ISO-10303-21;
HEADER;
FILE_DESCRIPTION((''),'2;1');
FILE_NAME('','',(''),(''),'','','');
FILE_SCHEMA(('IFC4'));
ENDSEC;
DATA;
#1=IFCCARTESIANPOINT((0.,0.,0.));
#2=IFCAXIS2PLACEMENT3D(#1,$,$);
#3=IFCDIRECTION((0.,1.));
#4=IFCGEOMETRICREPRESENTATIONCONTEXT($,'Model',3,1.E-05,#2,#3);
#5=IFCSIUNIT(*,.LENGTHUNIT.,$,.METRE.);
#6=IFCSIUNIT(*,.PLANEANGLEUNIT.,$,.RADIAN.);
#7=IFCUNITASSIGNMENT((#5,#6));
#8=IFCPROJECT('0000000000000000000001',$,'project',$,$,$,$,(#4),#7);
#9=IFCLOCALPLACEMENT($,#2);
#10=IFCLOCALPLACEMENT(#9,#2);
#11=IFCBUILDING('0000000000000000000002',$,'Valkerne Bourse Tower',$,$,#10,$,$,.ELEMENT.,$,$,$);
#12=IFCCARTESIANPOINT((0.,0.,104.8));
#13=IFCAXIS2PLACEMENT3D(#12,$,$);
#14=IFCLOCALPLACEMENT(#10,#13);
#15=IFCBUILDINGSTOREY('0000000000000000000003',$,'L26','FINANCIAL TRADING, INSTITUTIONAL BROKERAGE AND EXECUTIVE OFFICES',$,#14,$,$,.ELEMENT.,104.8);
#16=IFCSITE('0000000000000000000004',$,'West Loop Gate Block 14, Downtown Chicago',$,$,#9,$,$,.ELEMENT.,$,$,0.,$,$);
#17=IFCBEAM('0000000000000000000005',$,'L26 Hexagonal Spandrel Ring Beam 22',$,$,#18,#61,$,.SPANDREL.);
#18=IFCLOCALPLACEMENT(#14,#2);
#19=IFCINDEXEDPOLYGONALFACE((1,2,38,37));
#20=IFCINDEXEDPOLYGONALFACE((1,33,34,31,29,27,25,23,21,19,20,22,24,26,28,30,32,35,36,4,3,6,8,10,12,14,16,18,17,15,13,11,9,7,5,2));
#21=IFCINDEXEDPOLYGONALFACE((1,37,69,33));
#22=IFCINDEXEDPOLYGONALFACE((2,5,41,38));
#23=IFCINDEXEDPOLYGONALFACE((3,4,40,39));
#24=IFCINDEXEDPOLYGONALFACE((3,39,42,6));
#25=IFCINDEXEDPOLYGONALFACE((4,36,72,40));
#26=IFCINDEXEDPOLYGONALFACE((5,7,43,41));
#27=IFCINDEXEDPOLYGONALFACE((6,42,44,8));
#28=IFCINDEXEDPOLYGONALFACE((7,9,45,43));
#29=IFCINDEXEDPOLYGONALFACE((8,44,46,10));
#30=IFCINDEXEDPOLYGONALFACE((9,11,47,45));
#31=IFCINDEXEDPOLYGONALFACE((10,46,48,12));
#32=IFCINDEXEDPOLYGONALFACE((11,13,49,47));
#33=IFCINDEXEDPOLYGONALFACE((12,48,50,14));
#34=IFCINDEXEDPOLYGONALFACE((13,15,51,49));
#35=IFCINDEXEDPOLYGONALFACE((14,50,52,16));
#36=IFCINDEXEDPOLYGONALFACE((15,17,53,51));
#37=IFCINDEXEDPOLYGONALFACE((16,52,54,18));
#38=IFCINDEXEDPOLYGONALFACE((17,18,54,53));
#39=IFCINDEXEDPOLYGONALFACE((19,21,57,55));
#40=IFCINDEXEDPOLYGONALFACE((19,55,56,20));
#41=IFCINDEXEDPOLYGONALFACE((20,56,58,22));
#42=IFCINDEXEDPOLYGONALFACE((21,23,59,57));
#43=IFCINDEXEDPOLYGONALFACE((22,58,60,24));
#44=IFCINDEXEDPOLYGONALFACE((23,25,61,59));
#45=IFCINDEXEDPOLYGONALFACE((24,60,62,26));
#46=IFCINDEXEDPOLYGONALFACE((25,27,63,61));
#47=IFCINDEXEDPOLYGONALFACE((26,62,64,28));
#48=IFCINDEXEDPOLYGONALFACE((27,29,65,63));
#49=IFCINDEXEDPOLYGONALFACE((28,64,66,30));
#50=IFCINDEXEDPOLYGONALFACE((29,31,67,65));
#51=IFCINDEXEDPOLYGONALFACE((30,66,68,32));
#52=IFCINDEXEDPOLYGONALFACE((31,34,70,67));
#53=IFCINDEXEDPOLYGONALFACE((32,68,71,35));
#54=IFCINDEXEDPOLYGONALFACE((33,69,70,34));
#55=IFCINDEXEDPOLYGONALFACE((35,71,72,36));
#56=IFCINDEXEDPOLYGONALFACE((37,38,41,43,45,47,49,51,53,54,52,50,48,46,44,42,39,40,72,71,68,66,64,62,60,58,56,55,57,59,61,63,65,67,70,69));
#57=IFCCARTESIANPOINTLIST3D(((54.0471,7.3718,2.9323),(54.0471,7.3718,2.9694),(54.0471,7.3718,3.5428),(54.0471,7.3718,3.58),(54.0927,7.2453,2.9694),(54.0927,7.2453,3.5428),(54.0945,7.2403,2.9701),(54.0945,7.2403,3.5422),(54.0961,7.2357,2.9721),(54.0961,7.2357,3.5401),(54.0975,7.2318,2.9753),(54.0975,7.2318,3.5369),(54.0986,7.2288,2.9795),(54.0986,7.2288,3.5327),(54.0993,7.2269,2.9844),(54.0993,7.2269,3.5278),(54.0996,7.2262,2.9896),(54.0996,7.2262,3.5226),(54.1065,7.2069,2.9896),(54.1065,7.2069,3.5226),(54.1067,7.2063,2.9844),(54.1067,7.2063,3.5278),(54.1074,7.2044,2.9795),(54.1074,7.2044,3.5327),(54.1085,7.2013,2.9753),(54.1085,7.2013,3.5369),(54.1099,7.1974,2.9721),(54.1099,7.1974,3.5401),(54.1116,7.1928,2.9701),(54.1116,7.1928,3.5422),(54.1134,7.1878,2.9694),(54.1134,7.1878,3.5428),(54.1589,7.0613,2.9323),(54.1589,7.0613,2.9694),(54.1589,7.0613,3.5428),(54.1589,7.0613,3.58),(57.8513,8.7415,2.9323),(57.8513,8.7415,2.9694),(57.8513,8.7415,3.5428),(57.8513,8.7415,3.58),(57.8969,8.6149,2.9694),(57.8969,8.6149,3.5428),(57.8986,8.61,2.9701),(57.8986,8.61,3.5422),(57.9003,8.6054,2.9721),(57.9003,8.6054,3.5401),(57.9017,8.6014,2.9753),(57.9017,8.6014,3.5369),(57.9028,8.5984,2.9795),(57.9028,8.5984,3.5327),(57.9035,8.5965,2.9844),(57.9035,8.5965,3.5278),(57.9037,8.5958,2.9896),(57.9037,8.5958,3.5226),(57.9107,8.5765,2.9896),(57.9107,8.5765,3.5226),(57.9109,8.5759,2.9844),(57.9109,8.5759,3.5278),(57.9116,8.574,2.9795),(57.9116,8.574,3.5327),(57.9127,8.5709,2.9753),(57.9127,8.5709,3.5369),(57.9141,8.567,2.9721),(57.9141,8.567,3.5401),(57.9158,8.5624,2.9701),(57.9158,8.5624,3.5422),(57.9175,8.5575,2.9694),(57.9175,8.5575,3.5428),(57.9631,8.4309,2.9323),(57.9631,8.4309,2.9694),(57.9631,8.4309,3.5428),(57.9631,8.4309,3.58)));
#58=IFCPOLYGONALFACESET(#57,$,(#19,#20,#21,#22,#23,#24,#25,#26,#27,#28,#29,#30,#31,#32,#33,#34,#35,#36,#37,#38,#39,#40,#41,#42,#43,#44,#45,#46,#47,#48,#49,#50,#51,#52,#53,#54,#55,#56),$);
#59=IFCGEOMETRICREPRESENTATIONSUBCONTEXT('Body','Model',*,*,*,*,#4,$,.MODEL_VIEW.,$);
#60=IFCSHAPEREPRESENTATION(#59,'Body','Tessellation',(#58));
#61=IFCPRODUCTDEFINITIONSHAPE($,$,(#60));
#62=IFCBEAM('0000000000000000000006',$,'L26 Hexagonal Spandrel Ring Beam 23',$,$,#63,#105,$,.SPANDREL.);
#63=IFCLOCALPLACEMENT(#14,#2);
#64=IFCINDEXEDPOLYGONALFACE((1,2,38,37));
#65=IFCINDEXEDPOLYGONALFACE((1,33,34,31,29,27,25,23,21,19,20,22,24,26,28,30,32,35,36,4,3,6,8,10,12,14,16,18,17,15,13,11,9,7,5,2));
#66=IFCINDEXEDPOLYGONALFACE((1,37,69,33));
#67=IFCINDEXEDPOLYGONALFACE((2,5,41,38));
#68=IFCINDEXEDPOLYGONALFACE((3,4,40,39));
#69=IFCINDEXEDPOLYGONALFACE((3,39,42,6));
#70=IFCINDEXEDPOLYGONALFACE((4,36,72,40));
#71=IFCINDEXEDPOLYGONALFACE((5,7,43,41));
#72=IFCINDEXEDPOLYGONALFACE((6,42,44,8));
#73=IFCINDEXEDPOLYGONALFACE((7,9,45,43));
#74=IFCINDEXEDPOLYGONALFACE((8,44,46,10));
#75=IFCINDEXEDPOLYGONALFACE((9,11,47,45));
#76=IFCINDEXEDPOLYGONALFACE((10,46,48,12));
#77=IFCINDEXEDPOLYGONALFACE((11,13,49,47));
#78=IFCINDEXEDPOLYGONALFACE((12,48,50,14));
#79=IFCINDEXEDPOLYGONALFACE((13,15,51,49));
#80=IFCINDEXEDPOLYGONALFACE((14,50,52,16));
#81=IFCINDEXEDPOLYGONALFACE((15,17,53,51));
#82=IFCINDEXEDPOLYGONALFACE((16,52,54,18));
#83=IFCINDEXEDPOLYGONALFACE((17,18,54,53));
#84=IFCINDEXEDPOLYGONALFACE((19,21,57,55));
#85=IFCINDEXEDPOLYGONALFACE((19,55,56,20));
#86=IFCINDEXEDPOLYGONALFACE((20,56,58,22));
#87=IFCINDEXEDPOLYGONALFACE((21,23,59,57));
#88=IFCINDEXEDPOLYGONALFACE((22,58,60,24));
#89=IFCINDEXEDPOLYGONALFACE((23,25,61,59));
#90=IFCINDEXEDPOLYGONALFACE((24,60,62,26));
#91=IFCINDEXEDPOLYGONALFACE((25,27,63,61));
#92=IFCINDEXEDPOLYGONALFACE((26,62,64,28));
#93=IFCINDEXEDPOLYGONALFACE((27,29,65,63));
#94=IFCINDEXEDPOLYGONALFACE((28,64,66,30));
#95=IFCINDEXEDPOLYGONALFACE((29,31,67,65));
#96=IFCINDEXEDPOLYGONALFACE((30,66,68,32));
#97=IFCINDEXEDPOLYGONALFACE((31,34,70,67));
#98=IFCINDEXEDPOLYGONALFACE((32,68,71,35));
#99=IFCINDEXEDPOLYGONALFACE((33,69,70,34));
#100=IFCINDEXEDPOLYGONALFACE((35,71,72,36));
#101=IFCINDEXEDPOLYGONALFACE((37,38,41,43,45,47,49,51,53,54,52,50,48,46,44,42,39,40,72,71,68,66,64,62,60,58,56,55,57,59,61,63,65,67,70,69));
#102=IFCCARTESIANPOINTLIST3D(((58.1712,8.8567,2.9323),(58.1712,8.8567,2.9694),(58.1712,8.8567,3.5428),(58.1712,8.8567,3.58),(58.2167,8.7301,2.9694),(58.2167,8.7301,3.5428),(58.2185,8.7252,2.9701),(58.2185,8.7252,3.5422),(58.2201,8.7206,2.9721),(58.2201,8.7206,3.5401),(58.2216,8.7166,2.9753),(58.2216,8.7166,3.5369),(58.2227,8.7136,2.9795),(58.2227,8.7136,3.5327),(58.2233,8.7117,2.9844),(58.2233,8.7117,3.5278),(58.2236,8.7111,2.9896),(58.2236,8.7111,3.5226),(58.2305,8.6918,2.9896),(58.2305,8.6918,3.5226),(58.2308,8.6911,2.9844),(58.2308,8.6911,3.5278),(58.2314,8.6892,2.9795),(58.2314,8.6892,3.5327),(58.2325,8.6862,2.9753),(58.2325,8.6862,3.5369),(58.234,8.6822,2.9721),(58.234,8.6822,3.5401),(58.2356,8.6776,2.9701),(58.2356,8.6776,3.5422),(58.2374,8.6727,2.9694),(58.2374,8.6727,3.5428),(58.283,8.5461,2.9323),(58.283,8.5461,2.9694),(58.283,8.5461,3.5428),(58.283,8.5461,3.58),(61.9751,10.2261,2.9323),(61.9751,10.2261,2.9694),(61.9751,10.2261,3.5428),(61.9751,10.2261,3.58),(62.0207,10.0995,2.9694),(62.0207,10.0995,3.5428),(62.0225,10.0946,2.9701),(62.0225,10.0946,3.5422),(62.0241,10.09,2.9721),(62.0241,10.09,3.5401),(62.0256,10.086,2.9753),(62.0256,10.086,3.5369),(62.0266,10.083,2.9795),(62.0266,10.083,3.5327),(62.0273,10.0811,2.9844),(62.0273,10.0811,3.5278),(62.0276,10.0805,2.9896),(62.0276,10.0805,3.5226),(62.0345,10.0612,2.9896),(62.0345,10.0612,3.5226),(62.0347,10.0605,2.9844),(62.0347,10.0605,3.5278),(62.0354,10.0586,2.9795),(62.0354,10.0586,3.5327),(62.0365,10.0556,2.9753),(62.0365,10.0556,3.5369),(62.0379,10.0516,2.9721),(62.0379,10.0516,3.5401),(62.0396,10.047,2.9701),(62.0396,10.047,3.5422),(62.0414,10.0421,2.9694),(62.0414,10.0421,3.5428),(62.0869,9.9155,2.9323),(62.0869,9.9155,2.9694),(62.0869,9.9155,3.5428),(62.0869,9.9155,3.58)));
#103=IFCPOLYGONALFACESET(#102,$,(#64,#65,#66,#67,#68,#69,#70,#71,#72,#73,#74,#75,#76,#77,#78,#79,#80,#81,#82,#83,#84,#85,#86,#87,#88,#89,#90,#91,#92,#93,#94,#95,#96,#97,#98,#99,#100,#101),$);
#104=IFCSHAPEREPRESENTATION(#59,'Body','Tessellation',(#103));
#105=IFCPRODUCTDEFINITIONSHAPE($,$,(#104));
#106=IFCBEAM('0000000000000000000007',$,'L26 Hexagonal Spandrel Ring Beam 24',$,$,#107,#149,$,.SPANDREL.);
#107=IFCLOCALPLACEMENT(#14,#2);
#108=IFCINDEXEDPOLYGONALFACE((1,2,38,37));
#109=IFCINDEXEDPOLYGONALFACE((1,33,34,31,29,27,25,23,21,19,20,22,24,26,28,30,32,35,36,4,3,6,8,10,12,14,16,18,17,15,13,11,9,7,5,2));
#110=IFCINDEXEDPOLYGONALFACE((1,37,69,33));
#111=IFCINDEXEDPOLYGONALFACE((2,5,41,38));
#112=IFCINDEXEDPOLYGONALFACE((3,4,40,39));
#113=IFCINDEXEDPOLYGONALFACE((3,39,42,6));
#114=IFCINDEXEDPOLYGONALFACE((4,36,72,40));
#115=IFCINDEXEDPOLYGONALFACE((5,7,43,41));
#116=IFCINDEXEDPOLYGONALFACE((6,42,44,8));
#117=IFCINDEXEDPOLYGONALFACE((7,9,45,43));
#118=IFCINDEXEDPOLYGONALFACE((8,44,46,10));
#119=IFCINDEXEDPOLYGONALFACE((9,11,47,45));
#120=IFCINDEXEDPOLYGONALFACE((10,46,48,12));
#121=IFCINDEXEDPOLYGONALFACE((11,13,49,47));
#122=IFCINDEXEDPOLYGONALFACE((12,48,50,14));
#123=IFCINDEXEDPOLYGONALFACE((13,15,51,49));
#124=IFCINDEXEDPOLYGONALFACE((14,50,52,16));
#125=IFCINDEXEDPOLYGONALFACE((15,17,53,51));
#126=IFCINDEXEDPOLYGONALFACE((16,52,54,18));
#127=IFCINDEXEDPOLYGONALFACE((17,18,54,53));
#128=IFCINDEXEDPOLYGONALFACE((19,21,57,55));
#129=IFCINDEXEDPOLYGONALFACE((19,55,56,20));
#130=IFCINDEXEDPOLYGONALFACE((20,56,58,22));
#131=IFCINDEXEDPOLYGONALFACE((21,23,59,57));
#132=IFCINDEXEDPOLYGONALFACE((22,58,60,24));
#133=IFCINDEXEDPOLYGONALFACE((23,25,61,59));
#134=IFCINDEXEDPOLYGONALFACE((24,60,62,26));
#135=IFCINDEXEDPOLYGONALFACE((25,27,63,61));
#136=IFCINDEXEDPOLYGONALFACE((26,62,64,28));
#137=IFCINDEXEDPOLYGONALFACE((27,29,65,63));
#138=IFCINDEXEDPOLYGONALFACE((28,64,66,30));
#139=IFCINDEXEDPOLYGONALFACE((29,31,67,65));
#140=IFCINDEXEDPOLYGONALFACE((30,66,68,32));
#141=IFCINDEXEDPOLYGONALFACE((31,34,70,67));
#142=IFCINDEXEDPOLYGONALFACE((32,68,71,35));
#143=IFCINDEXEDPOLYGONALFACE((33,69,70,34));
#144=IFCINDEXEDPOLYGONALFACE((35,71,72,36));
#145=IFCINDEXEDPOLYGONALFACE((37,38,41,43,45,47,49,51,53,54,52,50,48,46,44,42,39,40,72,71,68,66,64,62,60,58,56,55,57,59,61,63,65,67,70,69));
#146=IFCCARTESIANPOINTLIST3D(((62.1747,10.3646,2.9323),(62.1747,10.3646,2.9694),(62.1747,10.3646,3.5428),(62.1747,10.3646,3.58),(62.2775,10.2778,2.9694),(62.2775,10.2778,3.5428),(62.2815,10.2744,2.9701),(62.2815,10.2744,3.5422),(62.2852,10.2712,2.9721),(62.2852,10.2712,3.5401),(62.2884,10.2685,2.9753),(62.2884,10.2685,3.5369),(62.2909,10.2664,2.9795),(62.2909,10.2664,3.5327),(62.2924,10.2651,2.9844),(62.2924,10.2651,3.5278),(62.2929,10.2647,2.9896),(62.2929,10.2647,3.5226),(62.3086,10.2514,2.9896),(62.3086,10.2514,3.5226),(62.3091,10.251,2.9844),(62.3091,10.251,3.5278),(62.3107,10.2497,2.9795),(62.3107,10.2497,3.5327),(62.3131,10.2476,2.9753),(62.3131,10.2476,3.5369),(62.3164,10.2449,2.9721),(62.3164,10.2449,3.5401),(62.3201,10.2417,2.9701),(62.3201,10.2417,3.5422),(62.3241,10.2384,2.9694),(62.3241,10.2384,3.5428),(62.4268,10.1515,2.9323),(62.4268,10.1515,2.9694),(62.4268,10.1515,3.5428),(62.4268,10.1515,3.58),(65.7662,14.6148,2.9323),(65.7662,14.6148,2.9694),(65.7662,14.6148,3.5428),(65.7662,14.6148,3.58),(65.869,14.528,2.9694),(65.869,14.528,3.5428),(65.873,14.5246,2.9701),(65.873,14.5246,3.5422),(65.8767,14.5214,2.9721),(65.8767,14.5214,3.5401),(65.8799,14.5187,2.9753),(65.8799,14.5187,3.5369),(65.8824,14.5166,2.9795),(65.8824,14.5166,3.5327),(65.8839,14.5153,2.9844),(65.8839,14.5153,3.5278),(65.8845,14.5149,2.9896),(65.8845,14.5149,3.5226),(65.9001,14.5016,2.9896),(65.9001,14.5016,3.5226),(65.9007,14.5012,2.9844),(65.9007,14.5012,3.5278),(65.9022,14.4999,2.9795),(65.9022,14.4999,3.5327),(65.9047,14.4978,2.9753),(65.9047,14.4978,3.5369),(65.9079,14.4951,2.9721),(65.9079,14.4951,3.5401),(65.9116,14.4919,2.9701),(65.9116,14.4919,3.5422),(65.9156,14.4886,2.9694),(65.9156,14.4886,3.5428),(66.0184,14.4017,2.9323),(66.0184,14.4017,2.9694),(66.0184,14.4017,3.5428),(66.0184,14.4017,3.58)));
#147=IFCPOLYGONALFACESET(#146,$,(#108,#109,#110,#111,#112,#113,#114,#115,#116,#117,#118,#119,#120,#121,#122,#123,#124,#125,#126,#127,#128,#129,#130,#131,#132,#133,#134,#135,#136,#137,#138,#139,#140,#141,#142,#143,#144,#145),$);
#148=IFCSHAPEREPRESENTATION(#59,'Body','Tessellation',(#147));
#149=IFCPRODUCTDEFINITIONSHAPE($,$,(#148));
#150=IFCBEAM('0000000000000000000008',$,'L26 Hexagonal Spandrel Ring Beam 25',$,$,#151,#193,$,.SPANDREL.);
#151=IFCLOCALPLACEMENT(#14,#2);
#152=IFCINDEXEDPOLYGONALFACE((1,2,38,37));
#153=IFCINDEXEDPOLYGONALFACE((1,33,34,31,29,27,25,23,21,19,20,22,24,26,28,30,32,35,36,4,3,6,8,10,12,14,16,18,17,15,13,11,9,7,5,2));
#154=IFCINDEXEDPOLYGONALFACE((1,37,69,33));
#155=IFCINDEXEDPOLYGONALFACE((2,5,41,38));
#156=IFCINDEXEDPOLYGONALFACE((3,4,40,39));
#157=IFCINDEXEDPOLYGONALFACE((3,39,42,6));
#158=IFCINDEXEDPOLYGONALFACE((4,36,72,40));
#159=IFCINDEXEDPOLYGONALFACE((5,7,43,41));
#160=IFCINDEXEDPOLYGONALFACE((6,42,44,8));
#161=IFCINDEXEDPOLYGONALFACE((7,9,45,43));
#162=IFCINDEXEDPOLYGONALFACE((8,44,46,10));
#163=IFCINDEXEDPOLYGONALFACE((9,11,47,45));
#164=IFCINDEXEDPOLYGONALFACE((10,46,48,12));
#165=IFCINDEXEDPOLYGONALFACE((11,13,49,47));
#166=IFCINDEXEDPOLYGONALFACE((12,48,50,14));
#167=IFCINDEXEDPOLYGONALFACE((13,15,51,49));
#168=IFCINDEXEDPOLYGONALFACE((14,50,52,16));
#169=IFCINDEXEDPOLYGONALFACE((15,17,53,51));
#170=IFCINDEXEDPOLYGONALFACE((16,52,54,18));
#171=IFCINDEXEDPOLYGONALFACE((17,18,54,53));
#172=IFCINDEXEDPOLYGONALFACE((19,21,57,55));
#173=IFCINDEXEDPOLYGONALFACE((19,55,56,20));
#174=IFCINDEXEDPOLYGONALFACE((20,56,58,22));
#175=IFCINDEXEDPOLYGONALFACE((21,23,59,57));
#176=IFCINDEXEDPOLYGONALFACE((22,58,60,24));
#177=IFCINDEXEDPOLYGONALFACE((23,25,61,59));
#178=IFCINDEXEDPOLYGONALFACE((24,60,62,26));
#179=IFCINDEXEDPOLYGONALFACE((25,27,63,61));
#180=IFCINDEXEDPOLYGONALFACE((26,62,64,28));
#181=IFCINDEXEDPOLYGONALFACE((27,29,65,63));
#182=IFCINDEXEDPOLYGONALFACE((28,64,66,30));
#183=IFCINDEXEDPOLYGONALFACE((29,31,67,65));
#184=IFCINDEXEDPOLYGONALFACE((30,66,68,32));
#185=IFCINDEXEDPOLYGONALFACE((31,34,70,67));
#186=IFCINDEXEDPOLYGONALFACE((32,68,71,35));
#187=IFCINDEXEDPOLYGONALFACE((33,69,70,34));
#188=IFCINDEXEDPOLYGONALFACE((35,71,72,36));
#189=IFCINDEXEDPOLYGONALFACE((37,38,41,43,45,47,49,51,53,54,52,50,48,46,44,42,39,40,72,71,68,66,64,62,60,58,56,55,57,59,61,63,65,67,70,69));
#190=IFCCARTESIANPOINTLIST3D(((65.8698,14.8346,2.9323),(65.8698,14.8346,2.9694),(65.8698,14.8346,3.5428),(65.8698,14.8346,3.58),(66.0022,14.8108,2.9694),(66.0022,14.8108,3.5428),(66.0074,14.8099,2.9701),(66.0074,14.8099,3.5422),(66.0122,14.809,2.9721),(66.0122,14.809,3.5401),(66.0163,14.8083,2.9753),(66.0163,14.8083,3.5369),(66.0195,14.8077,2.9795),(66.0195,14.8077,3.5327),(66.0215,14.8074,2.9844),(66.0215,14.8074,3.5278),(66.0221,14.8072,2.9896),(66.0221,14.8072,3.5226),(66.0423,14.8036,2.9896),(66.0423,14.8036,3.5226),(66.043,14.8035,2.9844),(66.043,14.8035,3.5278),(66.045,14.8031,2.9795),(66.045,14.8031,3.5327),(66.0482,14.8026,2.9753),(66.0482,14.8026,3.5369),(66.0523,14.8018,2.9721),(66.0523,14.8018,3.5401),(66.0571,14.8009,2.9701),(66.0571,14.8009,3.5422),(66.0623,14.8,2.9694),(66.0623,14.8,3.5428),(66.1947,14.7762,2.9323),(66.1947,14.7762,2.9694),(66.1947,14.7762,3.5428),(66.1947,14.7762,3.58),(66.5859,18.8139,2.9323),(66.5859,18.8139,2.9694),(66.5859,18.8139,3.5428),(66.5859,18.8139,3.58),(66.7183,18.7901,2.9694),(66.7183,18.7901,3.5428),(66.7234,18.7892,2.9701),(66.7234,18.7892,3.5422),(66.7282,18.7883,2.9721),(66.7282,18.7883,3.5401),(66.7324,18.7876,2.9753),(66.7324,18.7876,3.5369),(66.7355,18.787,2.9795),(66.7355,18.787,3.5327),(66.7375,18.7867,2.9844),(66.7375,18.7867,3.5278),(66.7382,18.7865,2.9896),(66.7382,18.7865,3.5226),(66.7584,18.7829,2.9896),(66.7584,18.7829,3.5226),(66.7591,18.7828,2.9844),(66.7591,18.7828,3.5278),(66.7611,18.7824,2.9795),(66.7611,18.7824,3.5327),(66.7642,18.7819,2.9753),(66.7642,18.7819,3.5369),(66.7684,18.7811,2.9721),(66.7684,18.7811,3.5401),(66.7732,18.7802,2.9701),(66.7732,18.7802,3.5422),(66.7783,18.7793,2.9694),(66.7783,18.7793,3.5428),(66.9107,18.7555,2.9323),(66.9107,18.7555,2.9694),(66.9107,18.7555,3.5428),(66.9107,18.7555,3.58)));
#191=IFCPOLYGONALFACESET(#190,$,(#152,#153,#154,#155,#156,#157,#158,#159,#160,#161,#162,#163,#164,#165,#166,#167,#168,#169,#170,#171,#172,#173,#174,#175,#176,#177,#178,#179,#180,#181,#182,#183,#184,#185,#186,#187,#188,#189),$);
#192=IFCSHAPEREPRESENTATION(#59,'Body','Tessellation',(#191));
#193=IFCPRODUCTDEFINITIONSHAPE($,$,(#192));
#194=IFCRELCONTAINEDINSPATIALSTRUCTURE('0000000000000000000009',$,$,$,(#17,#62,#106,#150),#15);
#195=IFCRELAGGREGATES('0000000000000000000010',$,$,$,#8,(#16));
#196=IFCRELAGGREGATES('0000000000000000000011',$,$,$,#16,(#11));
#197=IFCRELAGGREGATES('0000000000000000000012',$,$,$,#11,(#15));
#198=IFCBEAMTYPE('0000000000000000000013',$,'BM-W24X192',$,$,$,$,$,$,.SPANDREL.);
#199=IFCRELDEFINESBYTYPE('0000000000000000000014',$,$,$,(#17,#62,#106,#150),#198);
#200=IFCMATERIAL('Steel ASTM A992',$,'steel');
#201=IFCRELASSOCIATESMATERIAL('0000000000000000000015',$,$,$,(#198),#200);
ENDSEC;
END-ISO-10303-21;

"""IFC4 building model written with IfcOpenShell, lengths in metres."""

from ifc_helpers import new_model, si_unit, direction, frame, origin, origin_2d, place, context, subcontext, project, spatial, i_section, extrude, material, material_profile, profile_set, type_object, element, save


model = new_model("IFC4")

# Units and contexts
model_context = context("Model", 3, precision=1e-05, world=origin(), true_north=direction((0.0, 1.0)))
body_context = subcontext(model_context, "Body", "Model", "MODEL_VIEW")
ifc_project = project(units=[si_unit("LENGTHUNIT", "METRE"), si_unit("PLANEANGLEUNIT", "RADIAN")], contexts=[model_context])

# Site, building, storey
site_placement = place(None, origin())
site = spatial("IfcSite", under=ifc_project, at=site_placement, Name="West Loop Gate Block 14, Downtown Chicago", CompositionType="ELEMENT", RefElevation=0.0)
building_placement = place(site_placement, origin())
building = spatial("IfcBuilding", under=site, at=building_placement, Name="Valkerne Bourse Tower", CompositionType="ELEMENT")
storey_placement = place(building_placement, frame((0.0, 0.0, 104.8)))
storey = spatial("IfcBuildingStorey", under=building, at=storey_placement, Name="L26", Description="FINANCIAL TRADING, INSTITUTIONAL BROKERAGE AND EXECUTIVE OFFICES", CompositionType="ELEMENT", Elevation=104.8)

# Beams
ifc_material_1 = material(Name="Steel ASTM A992", Category="steel")
ifc_material_profile_1 = material_profile(ifc_material_1, i_section(OverallWidth=0.3301, OverallDepth=0.6477, WebThickness=0.0205, FlangeThickness=0.0371, FilletRadius=0.0203, at=origin_2d()), Name="W24X192")
ifc_profile_set_1 = profile_set([ifc_material_profile_1], Name="Steel ASTM A992")
beam_type = type_object("IfcBeamType", Name="BM-W24X192", PredefinedType="SPANDREL", material=ifc_profile_set_1)
beam_1_placement = place(storey_placement, frame((54.103, 7.2166, 3.2561), z_axis=(0.940878, 0.338745, 0.0), x_axis=(-0.338745, 0.940878, 0.0)))
element("IfcBeam", 1, at=beam_1_placement, inside=storey, type_object=beam_type, Name="L26 Hexagonal Spandrel Ring Beam 22", PredefinedType="SPANDREL", context=body_context, shape_type="SweptSolid", body=[
    extrude(i_section(OverallWidth=0.3301, OverallDepth=0.6477, WebThickness=0.0205, FlangeThickness=0.0371, FilletRadius=0.0203, at=origin_2d()), origin(), (0.0, 0.0, 1.0), 4.0432),
])
beam_2_placement = place(storey_placement, frame((58.2271, 8.7014, 3.2561), z_axis=(0.94089, 0.338711, 0.0), x_axis=(-0.338711, 0.94089, 0.0)))
element("IfcBeam", 2, at=beam_2_placement, inside=storey, type_object=beam_type, Name="L26 Hexagonal Spandrel Ring Beam 23", PredefinedType="SPANDREL", context=body_context, shape_type="SweptSolid", body=[
    extrude(i_section(OverallWidth=0.3301, OverallDepth=0.6477, WebThickness=0.0205, FlangeThickness=0.0371, FilletRadius=0.0203, at=origin_2d()), origin(), (0.0, 0.0, 1.0), 4.043),
])
beam_3_placement = place(storey_placement, frame((62.3008, 10.2581, 3.2561), z_axis=(0.645439, 0.763812, 0.0), x_axis=(-0.763812, 0.645439, 0.0)))
element("IfcBeam", 3, at=beam_3_placement, inside=storey, type_object=beam_type, Name="L26 Hexagonal Spandrel Ring Beam 24", PredefinedType="SPANDREL", context=body_context, shape_type="SweptSolid", body=[
    extrude(i_section(OverallWidth=0.3301, OverallDepth=0.6477, WebThickness=0.0205, FlangeThickness=0.0371, FilletRadius=0.0203, at=origin_2d()), origin(), (0.0, 0.0, 1.0), 5.5645),
])
beam_4_placement = place(storey_placement, frame((66.0322, 14.8054, 3.2561), z_axis=(0.177105, 0.984192, 0.0), x_axis=(-0.984192, 0.177105, 0.0)))
element("IfcBeam", 4, at=beam_4_placement, inside=storey, type_object=beam_type, Name="L26 Hexagonal Spandrel Ring Beam 25", PredefinedType="SPANDREL", context=body_context, shape_type="SweptSolid", body=[
    extrude(i_section(OverallWidth=0.3301, OverallDepth=0.6477, WebThickness=0.0205, FlangeThickness=0.0371, FilletRadius=0.0203, at=origin_2d()), origin(), (0.0, 0.0, 1.0), 4.0432),
])

save(model, "model.ifc")
